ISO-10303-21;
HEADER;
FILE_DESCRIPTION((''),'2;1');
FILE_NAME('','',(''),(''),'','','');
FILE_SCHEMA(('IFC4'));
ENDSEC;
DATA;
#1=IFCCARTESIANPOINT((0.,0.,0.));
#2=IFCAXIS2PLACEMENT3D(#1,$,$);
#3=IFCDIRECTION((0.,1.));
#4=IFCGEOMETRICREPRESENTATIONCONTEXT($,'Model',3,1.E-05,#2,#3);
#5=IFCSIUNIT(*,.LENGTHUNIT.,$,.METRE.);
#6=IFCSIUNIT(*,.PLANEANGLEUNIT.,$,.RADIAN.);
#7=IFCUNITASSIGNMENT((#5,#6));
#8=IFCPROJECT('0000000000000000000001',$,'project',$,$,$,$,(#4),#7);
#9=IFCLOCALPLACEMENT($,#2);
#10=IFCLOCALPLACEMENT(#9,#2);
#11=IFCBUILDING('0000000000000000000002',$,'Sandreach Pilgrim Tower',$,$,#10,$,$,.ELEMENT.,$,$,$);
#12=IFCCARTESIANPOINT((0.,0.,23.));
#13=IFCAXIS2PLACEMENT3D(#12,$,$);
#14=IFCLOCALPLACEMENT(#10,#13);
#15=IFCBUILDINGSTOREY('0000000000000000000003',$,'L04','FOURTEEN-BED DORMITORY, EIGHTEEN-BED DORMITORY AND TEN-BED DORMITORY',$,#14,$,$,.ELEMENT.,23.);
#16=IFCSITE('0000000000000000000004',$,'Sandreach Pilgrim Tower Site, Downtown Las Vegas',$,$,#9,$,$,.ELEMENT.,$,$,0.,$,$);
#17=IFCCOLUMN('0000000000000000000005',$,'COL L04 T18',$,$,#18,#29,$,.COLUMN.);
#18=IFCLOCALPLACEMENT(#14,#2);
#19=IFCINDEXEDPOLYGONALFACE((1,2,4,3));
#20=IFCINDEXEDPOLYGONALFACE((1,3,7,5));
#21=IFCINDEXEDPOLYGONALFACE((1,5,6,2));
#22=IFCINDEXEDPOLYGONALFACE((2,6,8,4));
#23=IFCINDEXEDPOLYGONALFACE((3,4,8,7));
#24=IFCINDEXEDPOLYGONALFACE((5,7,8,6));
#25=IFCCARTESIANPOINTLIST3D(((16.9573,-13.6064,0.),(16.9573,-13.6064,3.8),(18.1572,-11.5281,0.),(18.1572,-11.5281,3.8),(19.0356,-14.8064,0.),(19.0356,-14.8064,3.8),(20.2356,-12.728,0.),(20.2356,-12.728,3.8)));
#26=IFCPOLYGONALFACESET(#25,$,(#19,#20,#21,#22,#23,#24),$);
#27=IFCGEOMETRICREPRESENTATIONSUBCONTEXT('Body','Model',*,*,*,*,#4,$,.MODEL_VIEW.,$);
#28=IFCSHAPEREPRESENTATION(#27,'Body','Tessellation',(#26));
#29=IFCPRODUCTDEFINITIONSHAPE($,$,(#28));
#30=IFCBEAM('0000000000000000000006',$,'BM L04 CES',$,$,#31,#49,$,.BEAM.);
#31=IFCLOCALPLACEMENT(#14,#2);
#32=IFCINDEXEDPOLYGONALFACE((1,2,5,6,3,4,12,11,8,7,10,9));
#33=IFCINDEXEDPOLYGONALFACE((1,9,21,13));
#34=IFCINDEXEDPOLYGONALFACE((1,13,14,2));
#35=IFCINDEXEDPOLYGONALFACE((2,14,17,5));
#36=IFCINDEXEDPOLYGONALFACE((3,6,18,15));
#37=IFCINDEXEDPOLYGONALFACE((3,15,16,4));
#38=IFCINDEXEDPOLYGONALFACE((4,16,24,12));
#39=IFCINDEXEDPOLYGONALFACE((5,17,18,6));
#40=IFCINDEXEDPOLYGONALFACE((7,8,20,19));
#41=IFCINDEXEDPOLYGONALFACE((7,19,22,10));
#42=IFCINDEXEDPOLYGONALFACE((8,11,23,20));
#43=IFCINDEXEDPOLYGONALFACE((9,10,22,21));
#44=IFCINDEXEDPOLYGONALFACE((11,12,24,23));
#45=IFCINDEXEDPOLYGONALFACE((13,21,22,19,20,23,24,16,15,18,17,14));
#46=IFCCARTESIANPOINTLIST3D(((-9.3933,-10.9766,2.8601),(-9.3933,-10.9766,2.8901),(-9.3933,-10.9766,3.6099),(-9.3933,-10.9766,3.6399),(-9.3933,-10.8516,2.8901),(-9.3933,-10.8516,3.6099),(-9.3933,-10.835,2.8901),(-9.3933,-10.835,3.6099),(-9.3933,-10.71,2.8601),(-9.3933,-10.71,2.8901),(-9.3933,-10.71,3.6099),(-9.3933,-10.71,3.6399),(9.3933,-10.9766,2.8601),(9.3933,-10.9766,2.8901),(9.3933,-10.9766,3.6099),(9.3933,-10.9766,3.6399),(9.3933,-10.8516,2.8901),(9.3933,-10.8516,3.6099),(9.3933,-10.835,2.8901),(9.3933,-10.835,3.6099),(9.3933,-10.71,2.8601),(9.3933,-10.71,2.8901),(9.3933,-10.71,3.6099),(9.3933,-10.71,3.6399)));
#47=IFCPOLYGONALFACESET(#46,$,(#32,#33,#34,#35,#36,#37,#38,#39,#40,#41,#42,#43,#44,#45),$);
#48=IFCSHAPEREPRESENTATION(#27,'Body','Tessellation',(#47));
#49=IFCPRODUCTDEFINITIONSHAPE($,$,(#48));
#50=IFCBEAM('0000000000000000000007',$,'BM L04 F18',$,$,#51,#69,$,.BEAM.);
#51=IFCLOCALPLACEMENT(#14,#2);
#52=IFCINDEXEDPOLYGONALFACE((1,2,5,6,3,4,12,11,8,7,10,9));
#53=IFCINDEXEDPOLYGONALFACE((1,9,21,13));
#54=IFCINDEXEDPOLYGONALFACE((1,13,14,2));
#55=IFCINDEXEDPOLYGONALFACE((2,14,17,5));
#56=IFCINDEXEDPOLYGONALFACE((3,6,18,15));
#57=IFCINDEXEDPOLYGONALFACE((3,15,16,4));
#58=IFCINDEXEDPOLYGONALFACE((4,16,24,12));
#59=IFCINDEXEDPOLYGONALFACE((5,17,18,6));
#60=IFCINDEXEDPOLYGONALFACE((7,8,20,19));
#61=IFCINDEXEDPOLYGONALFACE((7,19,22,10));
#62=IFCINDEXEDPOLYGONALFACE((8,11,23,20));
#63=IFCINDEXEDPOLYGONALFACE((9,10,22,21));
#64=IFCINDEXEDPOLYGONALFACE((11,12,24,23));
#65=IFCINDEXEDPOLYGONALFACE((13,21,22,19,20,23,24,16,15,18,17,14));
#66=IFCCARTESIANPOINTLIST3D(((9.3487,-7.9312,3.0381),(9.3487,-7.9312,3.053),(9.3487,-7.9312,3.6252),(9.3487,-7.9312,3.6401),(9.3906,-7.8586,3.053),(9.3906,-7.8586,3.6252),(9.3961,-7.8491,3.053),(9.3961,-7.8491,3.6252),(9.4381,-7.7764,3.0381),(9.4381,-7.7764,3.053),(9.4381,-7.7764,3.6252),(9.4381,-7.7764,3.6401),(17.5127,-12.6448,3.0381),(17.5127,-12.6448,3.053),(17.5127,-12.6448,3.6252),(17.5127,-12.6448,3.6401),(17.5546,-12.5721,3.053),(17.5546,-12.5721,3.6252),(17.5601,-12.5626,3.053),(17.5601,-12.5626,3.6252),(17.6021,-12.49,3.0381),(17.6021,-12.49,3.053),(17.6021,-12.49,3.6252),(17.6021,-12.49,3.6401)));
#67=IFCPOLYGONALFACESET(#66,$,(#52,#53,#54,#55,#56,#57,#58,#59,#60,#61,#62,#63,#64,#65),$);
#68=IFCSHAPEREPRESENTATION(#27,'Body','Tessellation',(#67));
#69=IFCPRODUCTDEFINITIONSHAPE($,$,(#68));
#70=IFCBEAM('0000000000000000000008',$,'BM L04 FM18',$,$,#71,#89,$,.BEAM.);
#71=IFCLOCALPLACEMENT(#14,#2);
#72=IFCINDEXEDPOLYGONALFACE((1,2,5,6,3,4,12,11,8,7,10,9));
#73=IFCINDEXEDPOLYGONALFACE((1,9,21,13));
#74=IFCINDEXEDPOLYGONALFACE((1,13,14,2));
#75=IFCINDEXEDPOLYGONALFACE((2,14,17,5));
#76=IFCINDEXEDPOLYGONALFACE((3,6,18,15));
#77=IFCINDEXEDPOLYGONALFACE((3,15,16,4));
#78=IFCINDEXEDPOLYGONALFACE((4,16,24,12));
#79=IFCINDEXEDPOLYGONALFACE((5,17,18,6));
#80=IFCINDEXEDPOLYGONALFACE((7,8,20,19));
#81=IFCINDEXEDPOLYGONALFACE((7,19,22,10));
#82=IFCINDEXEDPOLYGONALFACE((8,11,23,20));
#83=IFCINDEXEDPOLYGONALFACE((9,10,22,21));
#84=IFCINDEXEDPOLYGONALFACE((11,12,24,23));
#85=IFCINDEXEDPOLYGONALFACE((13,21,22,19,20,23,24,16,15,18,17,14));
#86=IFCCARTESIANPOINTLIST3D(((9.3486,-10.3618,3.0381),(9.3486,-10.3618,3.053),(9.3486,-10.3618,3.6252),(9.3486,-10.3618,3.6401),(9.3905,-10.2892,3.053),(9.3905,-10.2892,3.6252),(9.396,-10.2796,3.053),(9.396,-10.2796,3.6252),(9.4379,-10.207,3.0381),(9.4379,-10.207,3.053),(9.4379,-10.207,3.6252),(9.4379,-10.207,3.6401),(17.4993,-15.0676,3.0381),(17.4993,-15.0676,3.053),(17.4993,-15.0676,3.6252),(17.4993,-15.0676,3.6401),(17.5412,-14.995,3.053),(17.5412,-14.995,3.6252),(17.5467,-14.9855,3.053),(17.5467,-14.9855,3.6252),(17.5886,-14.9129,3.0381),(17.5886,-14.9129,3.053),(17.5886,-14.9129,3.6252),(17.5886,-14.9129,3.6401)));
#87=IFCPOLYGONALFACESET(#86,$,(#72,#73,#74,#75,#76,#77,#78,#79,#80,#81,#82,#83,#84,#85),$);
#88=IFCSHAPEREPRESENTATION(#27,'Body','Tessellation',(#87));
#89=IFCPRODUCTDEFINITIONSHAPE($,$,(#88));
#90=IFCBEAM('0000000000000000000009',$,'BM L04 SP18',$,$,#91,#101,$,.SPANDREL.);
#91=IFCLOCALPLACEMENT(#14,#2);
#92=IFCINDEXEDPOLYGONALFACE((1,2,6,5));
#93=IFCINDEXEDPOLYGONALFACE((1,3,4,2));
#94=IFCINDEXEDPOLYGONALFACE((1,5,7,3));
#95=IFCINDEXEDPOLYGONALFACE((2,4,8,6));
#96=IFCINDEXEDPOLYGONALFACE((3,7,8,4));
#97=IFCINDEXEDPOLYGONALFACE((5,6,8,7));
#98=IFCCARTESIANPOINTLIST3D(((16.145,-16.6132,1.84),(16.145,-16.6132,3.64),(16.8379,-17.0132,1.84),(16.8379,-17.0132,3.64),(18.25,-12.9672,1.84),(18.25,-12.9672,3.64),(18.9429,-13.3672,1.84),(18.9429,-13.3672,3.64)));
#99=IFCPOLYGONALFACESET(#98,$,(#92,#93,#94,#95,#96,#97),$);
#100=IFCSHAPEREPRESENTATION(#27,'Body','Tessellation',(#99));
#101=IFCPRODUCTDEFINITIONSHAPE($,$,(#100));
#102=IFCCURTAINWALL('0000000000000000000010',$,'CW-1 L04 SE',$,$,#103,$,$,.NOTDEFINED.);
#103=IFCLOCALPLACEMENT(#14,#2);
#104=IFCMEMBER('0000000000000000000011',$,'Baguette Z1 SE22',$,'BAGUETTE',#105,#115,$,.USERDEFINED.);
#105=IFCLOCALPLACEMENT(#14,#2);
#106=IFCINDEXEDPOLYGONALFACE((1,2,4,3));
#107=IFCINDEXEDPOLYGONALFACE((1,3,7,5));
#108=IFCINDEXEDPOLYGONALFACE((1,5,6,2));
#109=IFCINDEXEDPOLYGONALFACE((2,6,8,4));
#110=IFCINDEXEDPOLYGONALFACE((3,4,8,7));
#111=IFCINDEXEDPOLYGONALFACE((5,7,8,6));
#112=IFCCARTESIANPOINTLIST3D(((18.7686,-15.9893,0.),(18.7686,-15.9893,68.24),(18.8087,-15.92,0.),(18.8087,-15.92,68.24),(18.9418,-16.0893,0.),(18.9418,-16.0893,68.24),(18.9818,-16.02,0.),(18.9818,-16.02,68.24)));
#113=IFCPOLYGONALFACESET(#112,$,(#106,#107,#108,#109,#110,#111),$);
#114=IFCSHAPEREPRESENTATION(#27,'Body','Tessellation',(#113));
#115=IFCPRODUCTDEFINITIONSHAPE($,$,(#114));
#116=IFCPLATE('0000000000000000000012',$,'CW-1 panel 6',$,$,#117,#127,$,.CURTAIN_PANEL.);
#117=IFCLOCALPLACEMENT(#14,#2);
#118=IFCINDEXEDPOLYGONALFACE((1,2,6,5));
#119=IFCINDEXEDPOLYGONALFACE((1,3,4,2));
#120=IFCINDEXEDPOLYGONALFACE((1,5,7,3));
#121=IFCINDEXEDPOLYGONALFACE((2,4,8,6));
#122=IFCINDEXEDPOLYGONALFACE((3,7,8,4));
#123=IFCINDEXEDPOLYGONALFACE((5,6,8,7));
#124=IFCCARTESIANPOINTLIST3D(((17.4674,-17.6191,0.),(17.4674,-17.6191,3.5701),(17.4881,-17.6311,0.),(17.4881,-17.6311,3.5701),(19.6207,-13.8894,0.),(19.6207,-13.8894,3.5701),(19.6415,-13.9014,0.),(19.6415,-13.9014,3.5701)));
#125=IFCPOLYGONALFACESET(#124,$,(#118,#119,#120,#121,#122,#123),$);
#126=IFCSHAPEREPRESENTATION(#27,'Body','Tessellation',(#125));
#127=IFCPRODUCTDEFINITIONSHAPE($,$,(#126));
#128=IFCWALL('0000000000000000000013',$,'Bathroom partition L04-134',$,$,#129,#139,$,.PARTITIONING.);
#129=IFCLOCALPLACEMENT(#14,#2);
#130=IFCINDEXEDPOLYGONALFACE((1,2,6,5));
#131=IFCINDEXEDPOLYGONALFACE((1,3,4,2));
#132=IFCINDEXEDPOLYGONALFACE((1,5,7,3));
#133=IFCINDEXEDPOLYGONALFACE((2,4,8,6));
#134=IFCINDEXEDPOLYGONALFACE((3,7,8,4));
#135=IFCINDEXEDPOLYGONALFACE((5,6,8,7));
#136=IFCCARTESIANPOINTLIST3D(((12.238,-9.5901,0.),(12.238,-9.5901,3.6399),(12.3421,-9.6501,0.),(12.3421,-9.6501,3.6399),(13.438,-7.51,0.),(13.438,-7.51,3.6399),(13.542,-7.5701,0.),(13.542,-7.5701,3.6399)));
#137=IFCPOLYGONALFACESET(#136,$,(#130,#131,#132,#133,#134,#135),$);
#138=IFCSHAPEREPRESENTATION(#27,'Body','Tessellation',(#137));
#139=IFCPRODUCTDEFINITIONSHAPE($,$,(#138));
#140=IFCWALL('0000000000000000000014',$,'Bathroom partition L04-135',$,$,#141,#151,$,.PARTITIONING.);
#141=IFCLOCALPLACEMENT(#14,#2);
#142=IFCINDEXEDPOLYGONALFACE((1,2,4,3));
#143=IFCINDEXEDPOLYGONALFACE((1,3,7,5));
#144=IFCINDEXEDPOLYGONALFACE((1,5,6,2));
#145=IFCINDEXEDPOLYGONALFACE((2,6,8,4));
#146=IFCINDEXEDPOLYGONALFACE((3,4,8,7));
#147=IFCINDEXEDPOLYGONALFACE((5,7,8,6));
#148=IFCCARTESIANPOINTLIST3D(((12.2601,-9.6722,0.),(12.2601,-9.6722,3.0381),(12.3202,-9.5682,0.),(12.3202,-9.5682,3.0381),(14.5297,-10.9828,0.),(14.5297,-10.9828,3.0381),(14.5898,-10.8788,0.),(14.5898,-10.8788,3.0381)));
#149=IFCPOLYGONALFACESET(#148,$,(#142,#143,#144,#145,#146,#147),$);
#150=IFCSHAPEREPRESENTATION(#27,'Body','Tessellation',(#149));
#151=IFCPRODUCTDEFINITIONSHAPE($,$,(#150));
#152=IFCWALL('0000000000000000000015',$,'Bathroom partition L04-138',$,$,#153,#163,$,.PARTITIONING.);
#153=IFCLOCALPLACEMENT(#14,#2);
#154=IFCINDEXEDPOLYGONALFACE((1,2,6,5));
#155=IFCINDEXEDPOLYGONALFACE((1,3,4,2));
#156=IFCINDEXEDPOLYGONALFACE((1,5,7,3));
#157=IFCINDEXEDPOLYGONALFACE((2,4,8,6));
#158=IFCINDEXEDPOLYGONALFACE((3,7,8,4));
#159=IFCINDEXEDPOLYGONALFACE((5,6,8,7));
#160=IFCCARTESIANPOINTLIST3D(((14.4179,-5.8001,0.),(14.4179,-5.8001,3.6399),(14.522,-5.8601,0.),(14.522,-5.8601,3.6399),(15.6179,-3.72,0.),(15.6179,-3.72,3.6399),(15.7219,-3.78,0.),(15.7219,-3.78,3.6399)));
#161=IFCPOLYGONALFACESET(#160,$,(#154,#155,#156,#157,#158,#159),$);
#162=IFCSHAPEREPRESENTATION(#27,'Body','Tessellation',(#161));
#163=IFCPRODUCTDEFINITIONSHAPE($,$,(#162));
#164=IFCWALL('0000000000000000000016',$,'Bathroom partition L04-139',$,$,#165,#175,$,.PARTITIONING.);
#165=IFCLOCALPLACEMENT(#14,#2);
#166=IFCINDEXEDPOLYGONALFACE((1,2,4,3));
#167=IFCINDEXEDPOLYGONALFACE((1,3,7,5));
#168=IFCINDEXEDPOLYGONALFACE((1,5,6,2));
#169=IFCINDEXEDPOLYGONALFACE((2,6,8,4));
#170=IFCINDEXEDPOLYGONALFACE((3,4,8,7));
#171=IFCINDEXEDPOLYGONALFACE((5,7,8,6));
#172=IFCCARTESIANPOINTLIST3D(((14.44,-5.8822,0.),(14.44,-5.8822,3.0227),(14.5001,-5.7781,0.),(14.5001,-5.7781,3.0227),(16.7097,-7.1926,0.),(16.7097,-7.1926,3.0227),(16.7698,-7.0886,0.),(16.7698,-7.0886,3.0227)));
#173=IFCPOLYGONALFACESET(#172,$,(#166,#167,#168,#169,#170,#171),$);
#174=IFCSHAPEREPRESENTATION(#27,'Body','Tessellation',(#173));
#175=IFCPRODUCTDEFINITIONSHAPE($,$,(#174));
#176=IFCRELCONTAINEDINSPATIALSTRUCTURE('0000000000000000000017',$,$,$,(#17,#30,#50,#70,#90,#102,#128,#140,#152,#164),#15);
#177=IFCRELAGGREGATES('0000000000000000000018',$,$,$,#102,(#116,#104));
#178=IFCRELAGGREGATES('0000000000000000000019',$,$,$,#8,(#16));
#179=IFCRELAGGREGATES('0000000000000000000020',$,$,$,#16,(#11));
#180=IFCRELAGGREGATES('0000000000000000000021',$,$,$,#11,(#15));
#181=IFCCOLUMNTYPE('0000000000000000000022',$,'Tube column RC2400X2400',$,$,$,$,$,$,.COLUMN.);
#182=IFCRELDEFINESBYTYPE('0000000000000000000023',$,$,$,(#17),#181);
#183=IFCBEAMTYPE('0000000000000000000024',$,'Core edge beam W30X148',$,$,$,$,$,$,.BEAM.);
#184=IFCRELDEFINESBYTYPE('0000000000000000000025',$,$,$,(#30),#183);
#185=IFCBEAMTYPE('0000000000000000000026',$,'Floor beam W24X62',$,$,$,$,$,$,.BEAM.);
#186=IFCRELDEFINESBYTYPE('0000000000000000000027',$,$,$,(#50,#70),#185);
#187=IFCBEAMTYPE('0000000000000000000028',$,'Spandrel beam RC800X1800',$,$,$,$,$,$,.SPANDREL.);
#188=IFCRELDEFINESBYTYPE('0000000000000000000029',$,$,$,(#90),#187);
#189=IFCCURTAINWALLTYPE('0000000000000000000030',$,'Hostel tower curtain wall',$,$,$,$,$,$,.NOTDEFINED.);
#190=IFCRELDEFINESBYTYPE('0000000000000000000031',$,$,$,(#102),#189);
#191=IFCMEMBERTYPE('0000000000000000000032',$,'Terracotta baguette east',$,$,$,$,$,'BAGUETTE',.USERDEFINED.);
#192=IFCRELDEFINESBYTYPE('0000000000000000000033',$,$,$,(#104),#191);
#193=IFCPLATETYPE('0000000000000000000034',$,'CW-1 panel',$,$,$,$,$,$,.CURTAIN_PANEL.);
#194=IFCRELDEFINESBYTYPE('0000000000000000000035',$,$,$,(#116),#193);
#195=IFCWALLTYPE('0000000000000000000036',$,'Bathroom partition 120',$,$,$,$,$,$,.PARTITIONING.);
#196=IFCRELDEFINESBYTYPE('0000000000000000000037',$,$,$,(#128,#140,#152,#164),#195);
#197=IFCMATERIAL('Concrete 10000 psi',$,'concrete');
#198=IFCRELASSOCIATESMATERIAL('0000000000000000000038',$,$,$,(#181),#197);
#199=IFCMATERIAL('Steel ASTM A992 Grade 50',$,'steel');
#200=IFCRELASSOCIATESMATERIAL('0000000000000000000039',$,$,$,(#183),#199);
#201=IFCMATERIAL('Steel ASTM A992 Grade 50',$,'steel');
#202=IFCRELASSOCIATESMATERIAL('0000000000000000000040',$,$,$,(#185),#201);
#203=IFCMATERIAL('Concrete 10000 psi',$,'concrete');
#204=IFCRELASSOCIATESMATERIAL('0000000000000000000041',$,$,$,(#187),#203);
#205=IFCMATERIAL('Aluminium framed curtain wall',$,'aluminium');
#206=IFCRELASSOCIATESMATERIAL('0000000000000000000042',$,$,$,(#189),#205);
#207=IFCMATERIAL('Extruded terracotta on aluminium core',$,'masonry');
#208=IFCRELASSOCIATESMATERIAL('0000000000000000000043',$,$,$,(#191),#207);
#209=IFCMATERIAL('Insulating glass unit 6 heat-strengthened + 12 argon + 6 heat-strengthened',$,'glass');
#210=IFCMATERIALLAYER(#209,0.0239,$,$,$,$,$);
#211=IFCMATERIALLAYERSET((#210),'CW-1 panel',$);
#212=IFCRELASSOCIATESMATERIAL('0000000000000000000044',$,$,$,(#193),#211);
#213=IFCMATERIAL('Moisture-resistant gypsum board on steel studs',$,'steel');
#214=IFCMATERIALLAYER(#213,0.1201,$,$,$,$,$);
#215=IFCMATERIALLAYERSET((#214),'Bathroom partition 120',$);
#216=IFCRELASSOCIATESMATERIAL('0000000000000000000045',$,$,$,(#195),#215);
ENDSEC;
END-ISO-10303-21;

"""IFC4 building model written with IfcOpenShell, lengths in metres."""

from ifc_helpers import new_model, si_unit, direction, frame, frame_2d, origin, origin_2d, place, context, subcontext, project, spatial, rectangle, i_section, extrude, material, layer, layer_set, material_profile, profile_set, type_object, element, aggregate, save


model = new_model("IFC4")

# Units and contexts
model_context = context("Model", 3, precision=1e-05, world=origin(), true_north=direction((0.0, 1.0)))
body_context = subcontext(model_context, "Body", "Model", "MODEL_VIEW")
ifc_project = project(units=[si_unit("LENGTHUNIT", "METRE"), si_unit("PLANEANGLEUNIT", "RADIAN")], contexts=[model_context])

# Site, building, storey
site_placement = place(None, origin())
site = spatial("IfcSite", under=ifc_project, at=site_placement, Name="Sandreach Pilgrim Tower Site, Downtown Las Vegas", CompositionType="ELEMENT", RefElevation=0.0)
building_placement = place(site_placement, origin())
building = spatial("IfcBuilding", under=site, at=building_placement, Name="Sandreach Pilgrim Tower", CompositionType="ELEMENT")
storey_placement = place(building_placement, frame((0.0, 0.0, 23.0)))
storey = spatial("IfcBuildingStorey", under=building, at=storey_placement, Name="L04", Description="FOURTEEN-BED DORMITORY, EIGHTEEN-BED DORMITORY AND TEN-BED DORMITORY", CompositionType="ELEMENT", Elevation=23.0)

# Column
ifc_material_1 = material(Name="Concrete 10000 psi", Category="concrete")
ifc_material_profile_1 = material_profile(ifc_material_1, rectangle(XDim=2.3999, YDim=2.3999, at=origin_2d()), Name="RC2400X2400")
ifc_profile_set_1 = profile_set([ifc_material_profile_1], Name="Concrete 10000 psi")
column_type = type_object("IfcColumnType", Name="Tube column RC2400X2400", PredefinedType="COLUMN", material=ifc_profile_set_1)
column_placement = place(storey_placement, frame((18.5964, -13.1672, 0.0), z_axis=(0.0, 0.0, 1.0), x_axis=(0.866025, -0.5, 0.0)))
element("IfcColumn", 1, at=column_placement, inside=storey, type_object=column_type, Name="COL L04 T18", PredefinedType="COLUMN", context=body_context, shape_type="SweptSolid", body=[
    extrude(rectangle(XDim=2.3999, YDim=2.3999, at=origin_2d()), origin(), (0.0, 0.0, 1.0), 3.8),
])

# Beams
ifc_material_2 = material(Name="Steel ASTM A992 Grade 50", Category="steel")
ifc_material_profile_2 = material_profile(ifc_material_2, i_section(OverallWidth=0.2666, OverallDepth=0.7798, WebThickness=0.0166, FlangeThickness=0.03, at=origin_2d()), Name="W30X148")
ifc_profile_set_2 = profile_set([ifc_material_profile_2], Name="Steel ASTM A992 Grade 50")
beam_type_1 = type_object("IfcBeamType", Name="Core edge beam W30X148", PredefinedType="BEAM", material=ifc_profile_set_2)
beam_1_placement = place(storey_placement, frame((9.3933, -10.8433, 3.25), z_axis=(-1.0, 0.0, 0.0), x_axis=(0.0, -1.0, 0.0)))
element("IfcBeam", 2, at=beam_1_placement, inside=storey, type_object=beam_type_1, Name="BM L04 CES", PredefinedType="BEAM", context=body_context, shape_type="SweptSolid", body=[
    extrude(i_section(OverallWidth=0.2666, OverallDepth=0.7798, WebThickness=0.0166, FlangeThickness=0.03, at=origin_2d()), origin(), (0.0, 0.0, 1.0), 18.7866),
])
ifc_material_3 = material(Name="Steel ASTM A992 Grade 50", Category="steel")
ifc_material_profile_3 = material_profile(ifc_material_3, i_section(OverallWidth=0.1787, OverallDepth=0.6021, WebThickness=0.011, FlangeThickness=0.0149, at=origin_2d()), Name="W24X62")
ifc_profile_set_3 = profile_set([ifc_material_profile_3], Name="Steel ASTM A992 Grade 50")
beam_type_2 = type_object("IfcBeamType", Name="Floor beam W24X62", PredefinedType="BEAM", material=ifc_profile_set_3)
beam_2_placement = place(storey_placement, frame((17.5574, -12.5674, 3.3391), z_axis=(-0.866021, 0.500008, 0.0), x_axis=(-0.500008, -0.866021, 0.0)))
element("IfcBeam", 3, at=beam_2_placement, inside=storey, type_object=beam_type_2, Name="BM L04 F18", PredefinedType="BEAM", context=body_context, shape_type="SweptSolid", body=[
    extrude(i_section(OverallWidth=0.1787, OverallDepth=0.6021, WebThickness=0.011, FlangeThickness=0.0149, at=origin_2d()), origin(), (0.0, 0.0, 1.0), 9.427),
])
beam_3_placement = place(storey_placement, frame((17.5439, -14.9902, 3.3391), z_axis=(-0.866024, 0.500003, 0.0), x_axis=(-0.500003, -0.866024, 0.0)))
element("IfcBeam", 4, at=beam_3_placement, inside=storey, type_object=beam_type_2, Name="BM L04 FM18", PredefinedType="BEAM", context=body_context, shape_type="SweptSolid", body=[
    extrude(i_section(OverallWidth=0.1787, OverallDepth=0.6021, WebThickness=0.011, FlangeThickness=0.0149, at=origin_2d()), origin(), (0.0, 0.0, 1.0), 9.4116),
])
ifc_material_4 = material(Name="Concrete 10000 psi", Category="concrete")
ifc_material_profile_4 = material_profile(ifc_material_4, rectangle(XDim=0.8, YDim=1.8, at=origin_2d()), Name="RC800X1800")
ifc_profile_set_4 = profile_set([ifc_material_profile_4], Name="Concrete 10000 psi")
beam_type_3 = type_object("IfcBeamType", Name="Spandrel beam RC800X1800", PredefinedType="SPANDREL", material=ifc_profile_set_4)
beam_4_placement = place(storey_placement, frame((18.5964, -13.1672, 2.74), z_axis=(-0.499994, -0.866029, 0.0), x_axis=(0.866029, -0.499994, 0.0)))
element("IfcBeam", 5, at=beam_4_placement, inside=storey, type_object=beam_type_3, Name="BM L04 SP18", PredefinedType="SPANDREL", context=body_context, shape_type="SweptSolid", body=[
    extrude(rectangle(XDim=0.8, YDim=1.8, at=origin_2d()), origin(), (0.0, 0.0, 1.0), 4.21),
])

# Curtain wall, member, plate
ifc_material_5 = material(Name="Aluminium framed curtain wall", Category="aluminium")
curtain_wall_type = type_object("IfcCurtainWallType", Name="Hostel tower curtain wall", PredefinedType="NOTDEFINED", material=ifc_material_5)
curtain_wall_placement = place(storey_placement, origin())
curtain_wall = element("IfcCurtainWall", 6, at=curtain_wall_placement, inside=storey, type_object=curtain_wall_type, Name="CW-1 L04 SE", PredefinedType="NOTDEFINED")
ifc_material_6 = material(Name="Extruded terracotta on aluminium core", Category="masonry")
ifc_material_profile_5 = material_profile(ifc_material_6, rectangle(XDim=0.0801, YDim=0.2, at=origin_2d()), Name="TBE 80X200")
ifc_profile_set_5 = profile_set([ifc_material_profile_5], Name="Extruded terracotta on aluminium core")
member_type = type_object("IfcMemberType", Name="Terracotta baguette east", ElementType="BAGUETTE", PredefinedType="USERDEFINED", material=ifc_profile_set_5)
member_placement = place(storey_placement, frame((18.8752, -16.0046, 0.0), z_axis=(0.0, 0.0, 1.0), x_axis=(-0.5, -0.866025, 0.0)))
member = element("IfcMember", 7, at=member_placement, type_object=member_type, Name="Baguette Z1 SE22", ObjectType="BAGUETTE", PredefinedType="USERDEFINED", context=body_context, shape_type="SweptSolid", body=[
    extrude(rectangle(XDim=0.0801, YDim=0.2, at=origin_2d()), origin(), (0.0, 0.0, 1.0), 68.24),
])
ifc_material_7 = material(Name="Insulating glass unit 6 heat-strengthened + 12 argon + 6 heat-strengthened", Category="glass")
ifc_layer_1 = layer(ifc_material_7, 0.0239)
ifc_layer_set_1 = layer_set([ifc_layer_1], Name="CW-1 panel")
plate_type = type_object("IfcPlateType", Name="CW-1 panel", PredefinedType="CURTAIN_PANEL", material=ifc_layer_set_1)
plate_placement = place(storey_placement, frame((18.5544, -15.7603, 0.0), z_axis=(0.0, 0.0, 1.0), x_axis=(-0.5, -0.866025, 0.0)))
plate = element("IfcPlate", 8, at=plate_placement, type_object=plate_type, Name="CW-1 panel 6", PredefinedType="CURTAIN_PANEL", context=body_context, shape_type="SweptSolid", body=[
    extrude(rectangle(XDim=4.3066, YDim=0.0239, at=origin_2d()), origin(), (0.0, 0.0, 1.0), 3.5701),
])
aggregate(curtain_wall, [plate, member])

# Walls
ifc_material_8 = material(Name="Moisture-resistant gypsum board on steel studs", Category="steel")
ifc_layer_2 = layer(ifc_material_8, 0.1201)
ifc_layer_set_2 = layer_set([ifc_layer_2], Name="Bathroom partition 120")
wall_type_1 = type_object("IfcWallType", Name="Bathroom partition 120", PredefinedType="PARTITIONING", material=ifc_layer_set_2)
wall_1_placement = place(storey_placement, frame((12.29, -9.6201, 0.0), z_axis=(0.0, 0.0, 1.0), x_axis=(0.499693, 0.866203, 0.0)))
element("IfcWall", 9, at=wall_1_placement, inside=storey, type_object=wall_type_1, Name="Bathroom partition L04-134", PredefinedType="PARTITIONING", context=body_context, shape_type="SweptSolid", body=[
    extrude(rectangle(XDim=2.4014, YDim=0.1201, at=frame_2d((1.2007, 0.0))), origin(), (0.0, 0.0, 1.0), 3.6399),
])
wall_2_placement = place(storey_placement, frame((12.29, -9.6201, 0.0), z_axis=(0.0, 0.0, 1.0), x_axis=(0.865987, -0.500067, 0.0)))
element("IfcWall", 10, at=wall_2_placement, inside=storey, type_object=wall_type_1, Name="Bathroom partition L04-135", PredefinedType="PARTITIONING", context=body_context, shape_type="SweptSolid", body=[
    extrude(rectangle(XDim=2.6208, YDim=0.1201, at=frame_2d((1.3105, 0.0))), origin(), (0.0, 0.0, 1.0), 3.0381),
])
wall_3_placement = place(storey_placement, frame((14.47, -5.8301, 0.0), z_axis=(0.0, 0.0, 1.0), x_axis=(0.499693, 0.866203, 0.0)))
element("IfcWall", 11, at=wall_3_placement, inside=storey, type_object=wall_type_1, Name="Bathroom partition L04-138", PredefinedType="PARTITIONING", context=body_context, shape_type="SweptSolid", body=[
    extrude(rectangle(XDim=2.4014, YDim=0.1201, at=frame_2d((1.2007, 0.0))), origin(), (0.0, 0.0, 1.0), 3.6399),
])
wall_4_placement = place(storey_placement, frame((14.47, -5.8301, 0.0), z_axis=(0.0, 0.0, 1.0), x_axis=(0.86601, -0.500026, 0.0)))
element("IfcWall", 12, at=wall_4_placement, inside=storey, type_object=wall_type_1, Name="Bathroom partition L04-139", PredefinedType="PARTITIONING", context=body_context, shape_type="SweptSolid", body=[
    extrude(rectangle(XDim=2.6208, YDim=0.1201, at=frame_2d((1.3105, 0.0))), origin(), (0.0, 0.0, 1.0), 3.0227),
])

save(model, "model.ifc")
